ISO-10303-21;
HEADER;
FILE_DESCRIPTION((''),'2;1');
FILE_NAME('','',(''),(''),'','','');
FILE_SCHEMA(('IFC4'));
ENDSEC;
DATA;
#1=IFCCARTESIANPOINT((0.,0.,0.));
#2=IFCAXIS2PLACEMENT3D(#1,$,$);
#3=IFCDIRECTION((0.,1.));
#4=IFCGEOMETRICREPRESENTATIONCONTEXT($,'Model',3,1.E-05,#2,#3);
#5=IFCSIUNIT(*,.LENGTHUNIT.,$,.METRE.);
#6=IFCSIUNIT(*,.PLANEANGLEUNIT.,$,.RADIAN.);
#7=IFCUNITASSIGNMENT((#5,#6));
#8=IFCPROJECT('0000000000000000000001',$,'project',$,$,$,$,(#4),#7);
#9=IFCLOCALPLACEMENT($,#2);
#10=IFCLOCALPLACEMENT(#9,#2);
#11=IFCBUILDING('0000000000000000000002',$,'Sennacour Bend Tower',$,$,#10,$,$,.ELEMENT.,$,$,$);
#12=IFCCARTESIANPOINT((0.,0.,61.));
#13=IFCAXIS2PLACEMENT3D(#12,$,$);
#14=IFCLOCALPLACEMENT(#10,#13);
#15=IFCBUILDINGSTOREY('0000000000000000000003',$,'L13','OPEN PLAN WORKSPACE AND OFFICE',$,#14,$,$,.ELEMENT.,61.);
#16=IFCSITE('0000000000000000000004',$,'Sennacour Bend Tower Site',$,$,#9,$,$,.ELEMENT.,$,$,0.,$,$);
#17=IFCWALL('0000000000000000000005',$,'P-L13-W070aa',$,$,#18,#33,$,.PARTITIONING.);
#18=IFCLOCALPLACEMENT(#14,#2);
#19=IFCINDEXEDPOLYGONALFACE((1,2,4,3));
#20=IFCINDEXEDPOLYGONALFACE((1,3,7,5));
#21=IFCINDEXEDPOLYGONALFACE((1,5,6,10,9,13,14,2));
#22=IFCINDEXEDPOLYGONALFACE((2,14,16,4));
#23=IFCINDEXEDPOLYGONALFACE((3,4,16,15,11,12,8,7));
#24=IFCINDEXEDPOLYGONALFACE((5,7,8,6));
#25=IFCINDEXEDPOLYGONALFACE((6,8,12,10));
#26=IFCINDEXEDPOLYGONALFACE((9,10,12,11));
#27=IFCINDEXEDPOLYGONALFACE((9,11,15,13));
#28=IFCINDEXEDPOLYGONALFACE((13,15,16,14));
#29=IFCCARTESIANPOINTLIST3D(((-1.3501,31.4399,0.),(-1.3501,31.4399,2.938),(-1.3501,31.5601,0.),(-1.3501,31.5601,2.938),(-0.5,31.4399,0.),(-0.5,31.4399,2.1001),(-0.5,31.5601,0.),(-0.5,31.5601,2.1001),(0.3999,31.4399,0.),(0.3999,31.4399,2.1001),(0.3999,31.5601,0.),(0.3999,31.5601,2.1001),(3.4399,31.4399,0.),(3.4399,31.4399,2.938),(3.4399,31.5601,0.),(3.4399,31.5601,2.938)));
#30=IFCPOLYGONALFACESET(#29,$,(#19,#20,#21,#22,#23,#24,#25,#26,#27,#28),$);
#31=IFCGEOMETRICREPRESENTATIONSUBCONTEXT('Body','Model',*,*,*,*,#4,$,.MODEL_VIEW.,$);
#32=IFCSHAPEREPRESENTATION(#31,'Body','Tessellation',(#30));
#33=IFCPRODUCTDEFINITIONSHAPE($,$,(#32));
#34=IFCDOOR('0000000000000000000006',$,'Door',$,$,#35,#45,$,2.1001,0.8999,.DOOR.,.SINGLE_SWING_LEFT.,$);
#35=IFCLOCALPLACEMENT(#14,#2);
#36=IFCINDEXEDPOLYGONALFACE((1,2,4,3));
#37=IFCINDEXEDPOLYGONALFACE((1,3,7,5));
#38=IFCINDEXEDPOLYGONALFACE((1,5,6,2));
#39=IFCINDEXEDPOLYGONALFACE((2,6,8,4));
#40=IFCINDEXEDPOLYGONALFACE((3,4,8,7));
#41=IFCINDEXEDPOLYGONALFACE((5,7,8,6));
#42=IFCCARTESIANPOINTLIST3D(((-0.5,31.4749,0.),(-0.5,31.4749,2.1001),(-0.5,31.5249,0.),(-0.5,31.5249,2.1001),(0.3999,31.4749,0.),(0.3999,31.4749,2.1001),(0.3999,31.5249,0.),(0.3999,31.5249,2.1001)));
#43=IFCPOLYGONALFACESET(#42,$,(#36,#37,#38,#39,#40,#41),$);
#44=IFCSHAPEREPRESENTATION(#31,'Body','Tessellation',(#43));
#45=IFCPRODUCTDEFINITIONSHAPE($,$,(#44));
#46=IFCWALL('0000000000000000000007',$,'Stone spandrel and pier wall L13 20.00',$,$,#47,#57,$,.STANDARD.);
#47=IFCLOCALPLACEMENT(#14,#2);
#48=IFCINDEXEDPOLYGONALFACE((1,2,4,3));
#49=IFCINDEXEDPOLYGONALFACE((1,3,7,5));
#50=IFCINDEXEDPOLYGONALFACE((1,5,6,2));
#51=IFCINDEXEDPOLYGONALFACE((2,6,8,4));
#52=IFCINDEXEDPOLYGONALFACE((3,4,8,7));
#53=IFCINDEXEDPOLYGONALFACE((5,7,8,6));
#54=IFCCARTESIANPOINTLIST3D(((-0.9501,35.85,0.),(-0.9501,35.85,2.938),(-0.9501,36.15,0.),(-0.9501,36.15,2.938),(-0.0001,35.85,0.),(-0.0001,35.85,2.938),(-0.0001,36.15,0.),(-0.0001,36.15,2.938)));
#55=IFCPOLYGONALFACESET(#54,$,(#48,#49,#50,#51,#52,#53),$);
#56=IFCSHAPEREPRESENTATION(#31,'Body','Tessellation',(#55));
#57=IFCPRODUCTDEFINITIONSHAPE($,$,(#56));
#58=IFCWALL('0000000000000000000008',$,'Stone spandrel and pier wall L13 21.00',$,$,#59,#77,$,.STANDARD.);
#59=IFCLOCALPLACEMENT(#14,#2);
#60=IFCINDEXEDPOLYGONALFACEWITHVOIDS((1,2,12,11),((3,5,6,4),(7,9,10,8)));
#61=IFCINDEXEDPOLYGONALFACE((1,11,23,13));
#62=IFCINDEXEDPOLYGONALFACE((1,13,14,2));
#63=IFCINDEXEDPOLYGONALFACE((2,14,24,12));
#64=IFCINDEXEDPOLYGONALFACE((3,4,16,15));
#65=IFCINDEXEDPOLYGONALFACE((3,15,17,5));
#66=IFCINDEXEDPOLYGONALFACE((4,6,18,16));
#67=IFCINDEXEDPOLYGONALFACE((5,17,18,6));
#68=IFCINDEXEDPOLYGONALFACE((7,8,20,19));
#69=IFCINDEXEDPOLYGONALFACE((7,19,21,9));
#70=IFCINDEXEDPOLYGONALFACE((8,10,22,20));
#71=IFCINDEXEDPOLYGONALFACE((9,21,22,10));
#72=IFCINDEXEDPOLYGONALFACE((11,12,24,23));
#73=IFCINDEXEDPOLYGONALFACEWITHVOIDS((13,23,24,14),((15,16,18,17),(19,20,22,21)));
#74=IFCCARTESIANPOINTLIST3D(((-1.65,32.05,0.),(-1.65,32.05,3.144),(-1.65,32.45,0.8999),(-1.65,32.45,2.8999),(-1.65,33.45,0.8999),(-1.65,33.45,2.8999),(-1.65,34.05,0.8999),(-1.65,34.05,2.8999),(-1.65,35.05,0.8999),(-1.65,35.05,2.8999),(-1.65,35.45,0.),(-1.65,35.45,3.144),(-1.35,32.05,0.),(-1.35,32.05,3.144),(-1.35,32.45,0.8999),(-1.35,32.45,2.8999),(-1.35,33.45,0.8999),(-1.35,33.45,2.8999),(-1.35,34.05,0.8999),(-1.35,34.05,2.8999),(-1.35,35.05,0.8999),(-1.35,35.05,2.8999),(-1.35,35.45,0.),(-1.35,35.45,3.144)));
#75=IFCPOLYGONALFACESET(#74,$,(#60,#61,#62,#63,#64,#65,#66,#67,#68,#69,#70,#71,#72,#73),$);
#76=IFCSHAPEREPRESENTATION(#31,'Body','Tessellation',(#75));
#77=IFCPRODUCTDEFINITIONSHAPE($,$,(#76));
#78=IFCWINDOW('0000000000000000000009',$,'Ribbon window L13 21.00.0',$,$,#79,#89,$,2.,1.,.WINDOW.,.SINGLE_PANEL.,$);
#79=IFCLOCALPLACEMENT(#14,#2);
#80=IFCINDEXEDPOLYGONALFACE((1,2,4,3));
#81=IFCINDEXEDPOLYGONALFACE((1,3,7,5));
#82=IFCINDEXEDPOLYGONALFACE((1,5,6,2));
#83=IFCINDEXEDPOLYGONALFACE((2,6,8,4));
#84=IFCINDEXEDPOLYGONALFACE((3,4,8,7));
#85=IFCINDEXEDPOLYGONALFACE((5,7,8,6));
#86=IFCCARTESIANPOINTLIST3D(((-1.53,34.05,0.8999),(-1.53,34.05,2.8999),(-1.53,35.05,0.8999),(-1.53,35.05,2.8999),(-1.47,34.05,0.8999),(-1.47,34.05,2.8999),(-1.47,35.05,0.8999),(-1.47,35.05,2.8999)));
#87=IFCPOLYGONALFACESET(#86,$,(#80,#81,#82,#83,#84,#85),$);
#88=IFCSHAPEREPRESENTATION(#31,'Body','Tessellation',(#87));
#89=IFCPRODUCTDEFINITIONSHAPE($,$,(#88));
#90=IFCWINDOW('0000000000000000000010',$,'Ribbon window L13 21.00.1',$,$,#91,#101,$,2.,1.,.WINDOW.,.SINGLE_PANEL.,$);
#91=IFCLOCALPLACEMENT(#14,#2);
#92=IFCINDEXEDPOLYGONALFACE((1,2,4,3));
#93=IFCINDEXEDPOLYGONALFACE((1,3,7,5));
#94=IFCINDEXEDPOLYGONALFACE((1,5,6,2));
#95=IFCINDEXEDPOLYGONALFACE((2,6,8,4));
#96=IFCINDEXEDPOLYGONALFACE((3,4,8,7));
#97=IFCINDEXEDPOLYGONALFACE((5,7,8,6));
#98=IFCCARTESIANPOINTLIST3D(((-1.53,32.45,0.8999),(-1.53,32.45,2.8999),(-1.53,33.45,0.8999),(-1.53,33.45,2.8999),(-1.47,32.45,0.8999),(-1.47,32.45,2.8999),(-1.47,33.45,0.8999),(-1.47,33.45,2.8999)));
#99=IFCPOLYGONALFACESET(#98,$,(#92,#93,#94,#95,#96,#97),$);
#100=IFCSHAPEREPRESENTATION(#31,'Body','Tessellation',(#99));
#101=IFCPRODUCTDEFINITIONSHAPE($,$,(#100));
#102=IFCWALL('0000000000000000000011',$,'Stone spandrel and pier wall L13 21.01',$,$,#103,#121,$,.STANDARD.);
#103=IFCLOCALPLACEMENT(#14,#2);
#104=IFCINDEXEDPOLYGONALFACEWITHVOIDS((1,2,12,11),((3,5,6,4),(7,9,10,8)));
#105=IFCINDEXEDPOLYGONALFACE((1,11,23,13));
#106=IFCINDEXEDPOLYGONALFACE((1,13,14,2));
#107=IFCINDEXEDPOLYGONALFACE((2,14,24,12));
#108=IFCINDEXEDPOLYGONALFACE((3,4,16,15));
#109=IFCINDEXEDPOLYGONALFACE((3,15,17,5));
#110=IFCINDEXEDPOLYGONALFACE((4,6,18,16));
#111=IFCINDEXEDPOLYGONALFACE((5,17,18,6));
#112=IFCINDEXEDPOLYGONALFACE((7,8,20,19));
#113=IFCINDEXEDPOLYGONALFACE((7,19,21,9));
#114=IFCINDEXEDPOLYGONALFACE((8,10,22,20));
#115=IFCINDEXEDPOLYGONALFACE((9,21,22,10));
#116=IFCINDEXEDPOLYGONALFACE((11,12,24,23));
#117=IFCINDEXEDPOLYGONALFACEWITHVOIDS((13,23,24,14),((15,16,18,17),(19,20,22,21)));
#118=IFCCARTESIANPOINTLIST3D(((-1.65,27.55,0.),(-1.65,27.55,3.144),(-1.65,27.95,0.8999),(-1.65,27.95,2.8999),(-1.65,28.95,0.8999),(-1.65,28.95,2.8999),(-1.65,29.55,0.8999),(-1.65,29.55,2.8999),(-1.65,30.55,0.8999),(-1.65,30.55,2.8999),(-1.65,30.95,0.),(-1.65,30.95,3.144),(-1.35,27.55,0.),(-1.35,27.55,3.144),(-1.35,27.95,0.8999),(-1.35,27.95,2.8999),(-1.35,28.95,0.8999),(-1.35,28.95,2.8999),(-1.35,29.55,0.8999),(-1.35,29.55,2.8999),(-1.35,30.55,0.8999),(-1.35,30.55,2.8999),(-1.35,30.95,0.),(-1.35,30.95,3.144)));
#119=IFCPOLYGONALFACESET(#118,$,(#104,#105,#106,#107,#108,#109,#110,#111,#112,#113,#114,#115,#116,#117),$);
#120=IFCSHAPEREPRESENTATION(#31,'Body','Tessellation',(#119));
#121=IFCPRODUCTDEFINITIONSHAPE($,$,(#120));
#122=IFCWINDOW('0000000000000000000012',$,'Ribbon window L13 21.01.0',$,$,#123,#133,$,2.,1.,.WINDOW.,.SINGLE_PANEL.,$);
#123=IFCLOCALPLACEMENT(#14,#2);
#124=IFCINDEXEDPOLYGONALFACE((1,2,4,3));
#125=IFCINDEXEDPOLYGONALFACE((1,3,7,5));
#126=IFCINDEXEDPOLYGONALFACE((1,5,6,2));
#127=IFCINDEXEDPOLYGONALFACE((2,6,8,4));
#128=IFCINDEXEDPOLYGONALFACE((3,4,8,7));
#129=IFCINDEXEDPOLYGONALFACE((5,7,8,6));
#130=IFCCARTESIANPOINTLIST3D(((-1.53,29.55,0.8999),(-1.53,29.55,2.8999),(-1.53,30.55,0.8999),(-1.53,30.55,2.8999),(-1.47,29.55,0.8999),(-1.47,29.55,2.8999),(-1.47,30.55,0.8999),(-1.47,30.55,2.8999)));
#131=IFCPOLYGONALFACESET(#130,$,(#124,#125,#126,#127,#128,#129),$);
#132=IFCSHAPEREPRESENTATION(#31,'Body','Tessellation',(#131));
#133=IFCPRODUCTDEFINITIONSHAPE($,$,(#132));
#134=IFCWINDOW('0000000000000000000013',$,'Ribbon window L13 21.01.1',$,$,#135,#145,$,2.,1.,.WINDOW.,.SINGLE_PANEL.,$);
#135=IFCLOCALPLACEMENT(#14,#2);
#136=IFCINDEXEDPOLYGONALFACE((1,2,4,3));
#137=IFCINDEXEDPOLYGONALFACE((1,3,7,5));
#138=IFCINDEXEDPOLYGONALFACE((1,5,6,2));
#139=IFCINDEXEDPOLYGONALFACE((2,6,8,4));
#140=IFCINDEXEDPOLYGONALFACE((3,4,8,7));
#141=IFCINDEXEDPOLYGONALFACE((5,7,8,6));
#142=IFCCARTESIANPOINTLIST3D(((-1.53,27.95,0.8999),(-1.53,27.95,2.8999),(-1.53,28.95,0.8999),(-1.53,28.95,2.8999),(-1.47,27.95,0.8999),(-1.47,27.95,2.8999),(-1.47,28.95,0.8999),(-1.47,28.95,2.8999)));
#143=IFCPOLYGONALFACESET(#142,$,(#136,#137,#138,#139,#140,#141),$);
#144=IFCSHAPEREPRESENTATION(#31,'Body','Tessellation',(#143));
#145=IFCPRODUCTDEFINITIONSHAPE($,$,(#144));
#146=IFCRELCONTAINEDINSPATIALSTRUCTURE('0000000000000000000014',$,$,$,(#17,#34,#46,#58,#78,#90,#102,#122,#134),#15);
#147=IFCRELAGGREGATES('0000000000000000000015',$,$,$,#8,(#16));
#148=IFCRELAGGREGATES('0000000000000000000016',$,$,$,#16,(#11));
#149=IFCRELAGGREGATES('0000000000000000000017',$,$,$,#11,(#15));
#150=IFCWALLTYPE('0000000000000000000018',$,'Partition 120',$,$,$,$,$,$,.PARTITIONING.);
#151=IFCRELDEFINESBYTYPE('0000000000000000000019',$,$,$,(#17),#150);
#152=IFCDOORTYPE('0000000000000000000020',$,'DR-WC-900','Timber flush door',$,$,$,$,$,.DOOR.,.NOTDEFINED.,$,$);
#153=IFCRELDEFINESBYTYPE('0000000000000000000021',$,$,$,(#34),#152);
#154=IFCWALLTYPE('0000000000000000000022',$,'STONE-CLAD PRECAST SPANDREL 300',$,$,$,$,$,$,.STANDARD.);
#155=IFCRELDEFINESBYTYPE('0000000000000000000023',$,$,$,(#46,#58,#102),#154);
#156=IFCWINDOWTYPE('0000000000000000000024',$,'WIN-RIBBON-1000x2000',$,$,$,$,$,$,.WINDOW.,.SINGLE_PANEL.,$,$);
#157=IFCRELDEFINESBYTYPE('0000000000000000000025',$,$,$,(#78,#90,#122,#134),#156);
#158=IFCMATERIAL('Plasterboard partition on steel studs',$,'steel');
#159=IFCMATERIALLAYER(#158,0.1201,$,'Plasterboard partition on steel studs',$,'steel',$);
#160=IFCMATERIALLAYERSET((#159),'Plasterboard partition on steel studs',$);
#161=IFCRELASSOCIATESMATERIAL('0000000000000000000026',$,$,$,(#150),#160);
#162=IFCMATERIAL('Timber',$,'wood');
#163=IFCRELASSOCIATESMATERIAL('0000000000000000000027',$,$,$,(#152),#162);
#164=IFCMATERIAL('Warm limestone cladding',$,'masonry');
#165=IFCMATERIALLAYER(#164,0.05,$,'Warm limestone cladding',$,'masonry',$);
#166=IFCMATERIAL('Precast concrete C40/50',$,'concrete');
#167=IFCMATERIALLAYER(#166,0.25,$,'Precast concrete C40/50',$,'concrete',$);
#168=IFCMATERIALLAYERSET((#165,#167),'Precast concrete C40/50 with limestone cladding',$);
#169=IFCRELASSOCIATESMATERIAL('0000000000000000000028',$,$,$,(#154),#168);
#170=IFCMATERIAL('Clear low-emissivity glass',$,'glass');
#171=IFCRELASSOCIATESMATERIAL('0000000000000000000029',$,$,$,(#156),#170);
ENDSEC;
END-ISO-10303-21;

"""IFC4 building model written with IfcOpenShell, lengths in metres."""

from ifc_helpers import new_model, si_unit, direction, frame, frame_2d, origin, place, context, subcontext, project, spatial, rectangle, extrude, material, layer, layer_set, type_object, element, fill, save


model = new_model("IFC4")

# Units and contexts
model_context = context("Model", 3, precision=1e-05, world=origin(), true_north=direction((0.0, 1.0)))
body_context = subcontext(model_context, "Body", "Model", "MODEL_VIEW")
ifc_project = project(units=[si_unit("LENGTHUNIT", "METRE"), si_unit("PLANEANGLEUNIT", "RADIAN")], contexts=[model_context])

# Site, building, storey
site_placement = place(None, origin())
site = spatial("IfcSite", under=ifc_project, at=site_placement, Name="Sennacour Bend Tower Site", CompositionType="ELEMENT", RefElevation=0.0)
building_placement = place(site_placement, origin())
building = spatial("IfcBuilding", under=site, at=building_placement, Name="Sennacour Bend Tower", CompositionType="ELEMENT")
storey_placement = place(building_placement, frame((0.0, 0.0, 61.0)))
storey = spatial("IfcBuildingStorey", under=building, at=storey_placement, Name="L13", Description="OPEN PLAN WORKSPACE AND OFFICE", CompositionType="ELEMENT", Elevation=61.0)

# Shared definitions
ifc_material_1 = material(Name="Plasterboard partition on steel studs", Category="steel")
ifc_layer_1 = layer(ifc_material_1, 0.1201, Name="Plasterboard partition on steel studs", Category="steel")
ifc_layer_set_1 = layer_set([ifc_layer_1], Name="Plasterboard partition on steel studs")
wall_type_1 = type_object("IfcWallType", Name="Partition 120", PredefinedType="PARTITIONING", material=ifc_layer_set_1)

# Wall, opening, door
wall_1_placement = place(storey_placement, frame((-1.3501, 31.5, 0.0), z_axis=(0.0, 0.0, 1.0), x_axis=(1.0, 0.0, 0.0)))
wall_1 = element("IfcWall", 1, at=wall_1_placement, inside=storey, type_object=wall_type_1, Name="P-L13-W070aa", PredefinedType="PARTITIONING", context=body_context, shape_type="SweptSolid", body=[
    extrude(rectangle(XDim=4.79, YDim=0.1201, at=frame_2d((2.395, 0.0))), origin(), (0.0, 0.0, 1.0), 2.938),
])
opening_1_placement = place(wall_1_placement, frame((0.8501, 0.0, 0.0)))
opening_1 = element("IfcOpeningElement", 2, at=opening_1_placement, cuts=wall_1, PredefinedType="OPENING", context=body_context, shape_type="SweptSolid", body=[
    extrude(rectangle(XDim=0.8999, YDim=2.1001, at=frame_2d((0.45, 1.05))), frame((0.0, 0.0701, 0.0), z_axis=(0.0, -1.0, 0.0), x_axis=(1.0, 0.0, 0.0)), (0.0, 0.0, 1.0), 0.1401),
])
ifc_material_2 = material(Name="Timber", Category="wood")
door_type = type_object("IfcDoorType", Name="DR-WC-900", Description="Timber flush door", OperationType="NOTDEFINED", PredefinedType="DOOR", material=ifc_material_2)
door_placement = place(opening_1_placement, origin())
door = element("IfcDoor", 3, at=door_placement, inside=storey, type_object=door_type, Name="Door", OperationType="SINGLE_SWING_LEFT", OverallHeight=2.1001, OverallWidth=0.8999, PredefinedType="DOOR", context=body_context, shape_type="SweptSolid", body=[
    extrude(rectangle(XDim=0.8999, YDim=2.1001, at=frame_2d((0.45, 1.05))), frame((0.0, 0.0249, 0.0), z_axis=(0.0, -1.0, 0.0), x_axis=(1.0, 0.0, 0.0)), (0.0, 0.0, 1.0), 0.05),
])
fill(opening_1, door)

# Wall
ifc_material_3 = material(Name="Warm limestone cladding", Category="masonry")
ifc_layer_2 = layer(ifc_material_3, 0.05, Name="Warm limestone cladding", Category="masonry")
ifc_material_4 = material(Name="Precast concrete C40/50", Category="concrete")
ifc_layer_3 = layer(ifc_material_4, 0.25, Name="Precast concrete C40/50", Category="concrete")
ifc_layer_set_2 = layer_set([ifc_layer_2, ifc_layer_3], Name="Precast concrete C40/50 with limestone cladding")
wall_type_2 = type_object("IfcWallType", Name="STONE-CLAD PRECAST SPANDREL 300", PredefinedType="STANDARD", material=ifc_layer_set_2)
wall_2_placement = place(storey_placement, frame((0.0, 36.0, 0.0), z_axis=(0.0, 0.0, 1.0), x_axis=(-1.0, 0.0, 0.0)))
element("IfcWall", 4, at=wall_2_placement, inside=storey, type_object=wall_type_2, Name="Stone spandrel and pier wall L13 20.00", PredefinedType="STANDARD", context=body_context, shape_type="SweptSolid", body=[
    extrude(rectangle(XDim=0.95, YDim=0.3, at=frame_2d((0.4751, 0.0))), origin(), (0.0, 0.0, 1.0), 2.938),
])

# Walls, openings, windows
wall_3_placement = place(storey_placement, frame((-1.5, 35.45, 0.0), z_axis=(0.0, 0.0, 1.0), x_axis=(0.0, -1.0, 0.0)))
wall_3 = element("IfcWall", 5, at=wall_3_placement, inside=storey, type_object=wall_type_2, Name="Stone spandrel and pier wall L13 21.00", PredefinedType="STANDARD", context=body_context, shape_type="SweptSolid", body=[
    extrude(rectangle(XDim=3.3999, YDim=0.3, at=frame_2d((1.7, 0.0))), origin(), (0.0, 0.0, 1.0), 3.144),
])
opening_2_placement = place(wall_3_placement, frame((0.3999, 0.0, 0.8999)))
opening_2 = element("IfcOpeningElement", 6, at=opening_2_placement, cuts=wall_3, PredefinedType="OPENING", context=body_context, shape_type="SweptSolid", body=[
    extrude(rectangle(XDim=1.0, YDim=2.0, at=frame_2d((0.5, 1.0))), frame((0.0, 0.1602, 0.0), z_axis=(0.0, -1.0, 0.0), x_axis=(1.0, 0.0, 0.0)), (0.0, 0.0, 1.0), 0.3201),
])
opening_3_placement = place(wall_3_placement, frame((2.0, 0.0, 0.8999)))
opening_3 = element("IfcOpeningElement", 7, at=opening_3_placement, cuts=wall_3, PredefinedType="OPENING", context=body_context, shape_type="SweptSolid", body=[
    extrude(rectangle(XDim=1.0, YDim=2.0, at=frame_2d((0.5, 1.0))), frame((0.0, 0.1602, 0.0), z_axis=(0.0, -1.0, 0.0), x_axis=(1.0, 0.0, 0.0)), (0.0, 0.0, 1.0), 0.3201),
])
ifc_material_5 = material(Name="Clear low-emissivity glass", Category="glass")
window_type = type_object("IfcWindowType", Name="WIN-RIBBON-1000x2000", PartitioningType="SINGLE_PANEL", PredefinedType="WINDOW", material=ifc_material_5)
window_1_placement = place(opening_2_placement, origin())
window_1 = element("IfcWindow", 8, at=window_1_placement, inside=storey, type_object=window_type, Name="Ribbon window L13 21.00.0", OverallHeight=2.0, OverallWidth=1.0, PartitioningType="SINGLE_PANEL", PredefinedType="WINDOW", context=body_context, shape_type="SweptSolid", body=[
    extrude(rectangle(XDim=1.0, YDim=2.0, at=frame_2d((0.5, 1.0))), frame((0.0, 0.03, 0.0), z_axis=(0.0, -1.0, 0.0), x_axis=(1.0, 0.0, 0.0)), (0.0, 0.0, 1.0), 0.0601),
])
fill(opening_2, window_1)
window_2_placement = place(opening_3_placement, origin())
window_2 = element("IfcWindow", 9, at=window_2_placement, inside=storey, type_object=window_type, Name="Ribbon window L13 21.00.1", OverallHeight=2.0, OverallWidth=1.0, PartitioningType="SINGLE_PANEL", PredefinedType="WINDOW", context=body_context, shape_type="SweptSolid", body=[
    extrude(rectangle(XDim=1.0, YDim=2.0, at=frame_2d((0.5, 1.0))), frame((0.0, 0.03, 0.0), z_axis=(0.0, -1.0, 0.0), x_axis=(1.0, 0.0, 0.0)), (0.0, 0.0, 1.0), 0.0601),
])
fill(opening_3, window_2)
wall_4_placement = place(storey_placement, frame((-1.5, 30.95, 0.0), z_axis=(0.0, 0.0, 1.0), x_axis=(0.0, -1.0, 0.0)))
wall_4 = element("IfcWall", 10, at=wall_4_placement, inside=storey, type_object=wall_type_2, Name="Stone spandrel and pier wall L13 21.01", PredefinedType="STANDARD", context=body_context, shape_type="SweptSolid", body=[
    extrude(rectangle(XDim=3.3999, YDim=0.3, at=frame_2d((1.7, 0.0))), origin(), (0.0, 0.0, 1.0), 3.144),
])
opening_4_placement = place(wall_4_placement, frame((0.3999, 0.0, 0.8999)))
opening_4 = element("IfcOpeningElement", 11, at=opening_4_placement, cuts=wall_4, PredefinedType="OPENING", context=body_context, shape_type="SweptSolid", body=[
    extrude(rectangle(XDim=1.0, YDim=2.0, at=frame_2d((0.5, 1.0))), frame((0.0, 0.1602, 0.0), z_axis=(0.0, -1.0, 0.0), x_axis=(1.0, 0.0, 0.0)), (0.0, 0.0, 1.0), 0.3201),
])
opening_5_placement = place(wall_4_placement, frame((2.0, 0.0, 0.8999)))
opening_5 = element("IfcOpeningElement", 12, at=opening_5_placement, cuts=wall_4, PredefinedType="OPENING", context=body_context, shape_type="SweptSolid", body=[
    extrude(rectangle(XDim=1.0, YDim=2.0, at=frame_2d((0.5, 1.0))), frame((0.0, 0.1602, 0.0), z_axis=(0.0, -1.0, 0.0), x_axis=(1.0, 0.0, 0.0)), (0.0, 0.0, 1.0), 0.3201),
])
window_3_placement = place(opening_4_placement, origin())
window_3 = element("IfcWindow", 13, at=window_3_placement, inside=storey, type_object=window_type, Name="Ribbon window L13 21.01.0", OverallHeight=2.0, OverallWidth=1.0, PartitioningType="SINGLE_PANEL", PredefinedType="WINDOW", context=body_context, shape_type="SweptSolid", body=[
    extrude(rectangle(XDim=1.0, YDim=2.0, at=frame_2d((0.5, 1.0))), frame((0.0, 0.03, 0.0), z_axis=(0.0, -1.0, 0.0), x_axis=(1.0, 0.0, 0.0)), (0.0, 0.0, 1.0), 0.0601),
])
fill(opening_4, window_3)
window_4_placement = place(opening_5_placement, origin())
window_4 = element("IfcWindow", 14, at=window_4_placement, inside=storey, type_object=window_type, Name="Ribbon window L13 21.01.1", OverallHeight=2.0, OverallWidth=1.0, PartitioningType="SINGLE_PANEL", PredefinedType="WINDOW", context=body_context, shape_type="SweptSolid", body=[
    extrude(rectangle(XDim=1.0, YDim=2.0, at=frame_2d((0.5, 1.0))), frame((0.0, 0.03, 0.0), z_axis=(0.0, -1.0, 0.0), x_axis=(1.0, 0.0, 0.0)), (0.0, 0.0, 1.0), 0.0601),
])
fill(opening_5, window_4)

save(model, "model.ifc")
